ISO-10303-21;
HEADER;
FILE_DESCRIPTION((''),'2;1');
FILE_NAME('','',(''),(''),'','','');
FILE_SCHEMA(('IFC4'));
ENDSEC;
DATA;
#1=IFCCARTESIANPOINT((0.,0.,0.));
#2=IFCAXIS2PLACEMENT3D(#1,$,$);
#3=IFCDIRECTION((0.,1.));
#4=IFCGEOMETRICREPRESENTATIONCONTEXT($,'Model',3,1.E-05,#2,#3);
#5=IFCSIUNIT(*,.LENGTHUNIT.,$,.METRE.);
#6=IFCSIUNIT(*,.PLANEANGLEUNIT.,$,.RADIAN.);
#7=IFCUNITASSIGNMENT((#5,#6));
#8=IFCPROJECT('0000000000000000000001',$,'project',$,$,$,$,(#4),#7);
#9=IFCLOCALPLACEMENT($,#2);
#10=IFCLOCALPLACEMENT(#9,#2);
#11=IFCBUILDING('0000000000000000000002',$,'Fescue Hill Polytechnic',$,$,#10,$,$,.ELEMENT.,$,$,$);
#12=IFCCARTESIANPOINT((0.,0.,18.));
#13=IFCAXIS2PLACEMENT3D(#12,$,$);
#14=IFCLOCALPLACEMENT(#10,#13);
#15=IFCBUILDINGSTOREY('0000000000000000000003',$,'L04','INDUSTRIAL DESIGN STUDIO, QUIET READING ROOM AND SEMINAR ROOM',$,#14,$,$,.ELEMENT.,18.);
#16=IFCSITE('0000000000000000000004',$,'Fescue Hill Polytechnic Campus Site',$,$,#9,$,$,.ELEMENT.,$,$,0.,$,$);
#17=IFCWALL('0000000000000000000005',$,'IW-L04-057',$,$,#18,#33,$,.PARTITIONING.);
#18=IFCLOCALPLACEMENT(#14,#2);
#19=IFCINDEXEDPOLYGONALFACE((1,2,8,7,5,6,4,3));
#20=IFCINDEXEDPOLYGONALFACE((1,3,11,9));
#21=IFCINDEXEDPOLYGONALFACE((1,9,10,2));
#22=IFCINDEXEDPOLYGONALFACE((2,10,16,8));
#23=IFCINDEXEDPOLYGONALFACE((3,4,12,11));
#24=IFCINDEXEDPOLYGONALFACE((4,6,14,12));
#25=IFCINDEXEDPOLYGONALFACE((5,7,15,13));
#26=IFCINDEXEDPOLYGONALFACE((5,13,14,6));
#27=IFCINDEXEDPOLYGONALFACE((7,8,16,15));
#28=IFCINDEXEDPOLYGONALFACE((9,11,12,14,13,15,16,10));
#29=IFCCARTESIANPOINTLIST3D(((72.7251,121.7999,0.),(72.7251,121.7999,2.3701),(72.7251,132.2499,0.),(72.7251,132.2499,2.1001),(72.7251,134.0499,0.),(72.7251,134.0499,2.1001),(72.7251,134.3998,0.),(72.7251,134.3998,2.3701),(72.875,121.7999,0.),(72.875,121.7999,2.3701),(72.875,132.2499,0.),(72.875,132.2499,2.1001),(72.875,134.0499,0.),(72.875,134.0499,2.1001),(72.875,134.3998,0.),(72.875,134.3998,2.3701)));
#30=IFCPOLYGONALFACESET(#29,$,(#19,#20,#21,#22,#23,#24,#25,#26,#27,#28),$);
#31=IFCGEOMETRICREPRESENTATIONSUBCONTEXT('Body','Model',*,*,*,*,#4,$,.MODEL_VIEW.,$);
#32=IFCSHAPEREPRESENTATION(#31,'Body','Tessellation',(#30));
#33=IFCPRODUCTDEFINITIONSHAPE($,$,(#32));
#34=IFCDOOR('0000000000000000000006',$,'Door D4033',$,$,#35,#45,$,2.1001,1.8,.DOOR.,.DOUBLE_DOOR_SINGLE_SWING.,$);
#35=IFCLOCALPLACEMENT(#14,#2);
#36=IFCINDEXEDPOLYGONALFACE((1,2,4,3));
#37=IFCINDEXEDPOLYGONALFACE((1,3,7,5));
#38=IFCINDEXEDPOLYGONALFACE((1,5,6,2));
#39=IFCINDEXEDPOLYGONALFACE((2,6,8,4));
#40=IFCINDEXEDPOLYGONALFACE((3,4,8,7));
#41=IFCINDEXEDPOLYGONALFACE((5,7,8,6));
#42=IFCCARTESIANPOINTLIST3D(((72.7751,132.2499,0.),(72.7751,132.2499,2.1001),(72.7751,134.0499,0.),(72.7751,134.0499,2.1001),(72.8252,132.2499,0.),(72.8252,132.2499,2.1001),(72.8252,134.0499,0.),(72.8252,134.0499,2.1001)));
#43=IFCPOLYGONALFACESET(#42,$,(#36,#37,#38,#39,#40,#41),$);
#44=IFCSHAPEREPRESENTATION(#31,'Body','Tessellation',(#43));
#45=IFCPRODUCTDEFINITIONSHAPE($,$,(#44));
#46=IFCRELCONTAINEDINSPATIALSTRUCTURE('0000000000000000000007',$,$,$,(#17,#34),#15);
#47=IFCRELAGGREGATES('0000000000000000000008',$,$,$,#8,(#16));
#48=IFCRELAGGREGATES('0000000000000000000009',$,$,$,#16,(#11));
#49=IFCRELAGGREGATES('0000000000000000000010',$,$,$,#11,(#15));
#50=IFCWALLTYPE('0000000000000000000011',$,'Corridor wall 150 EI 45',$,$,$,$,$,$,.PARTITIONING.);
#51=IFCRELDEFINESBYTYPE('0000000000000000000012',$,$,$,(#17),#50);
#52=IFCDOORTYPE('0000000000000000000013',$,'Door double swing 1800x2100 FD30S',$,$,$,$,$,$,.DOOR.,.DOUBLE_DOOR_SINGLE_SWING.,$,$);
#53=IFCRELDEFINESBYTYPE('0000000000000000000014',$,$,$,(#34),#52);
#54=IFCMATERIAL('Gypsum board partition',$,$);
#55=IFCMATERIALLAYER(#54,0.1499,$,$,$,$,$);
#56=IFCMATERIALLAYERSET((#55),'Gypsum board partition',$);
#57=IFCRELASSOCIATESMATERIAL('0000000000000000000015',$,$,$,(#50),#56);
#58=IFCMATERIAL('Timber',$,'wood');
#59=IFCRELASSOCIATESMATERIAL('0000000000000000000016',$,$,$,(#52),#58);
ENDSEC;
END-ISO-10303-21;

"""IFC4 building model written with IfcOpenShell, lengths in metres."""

from ifc_helpers import new_model, si_unit, direction, frame, frame_2d, origin, place, context, subcontext, project, spatial, rectangle, extrude, material, layer, layer_set, type_object, element, fill, save


model = new_model("IFC4")

# Units and contexts
model_context = context("Model", 3, precision=1e-05, world=origin(), true_north=direction((0.0, 1.0)))
body_context = subcontext(model_context, "Body", "Model", "MODEL_VIEW")
ifc_project = project(units=[si_unit("LENGTHUNIT", "METRE"), si_unit("PLANEANGLEUNIT", "RADIAN")], contexts=[model_context])

# Site, building, storey
site_placement = place(None, origin())
site = spatial("IfcSite", under=ifc_project, at=site_placement, Name="Fescue Hill Polytechnic Campus Site", CompositionType="ELEMENT", RefElevation=0.0)
building_placement = place(site_placement, origin())
building = spatial("IfcBuilding", under=site, at=building_placement, Name="Fescue Hill Polytechnic", CompositionType="ELEMENT")
storey_placement = place(building_placement, frame((0.0, 0.0, 18.0)))
storey = spatial("IfcBuildingStorey", under=building, at=storey_placement, Name="L04", Description="INDUSTRIAL DESIGN STUDIO, QUIET READING ROOM AND SEMINAR ROOM", CompositionType="ELEMENT", Elevation=18.0)

# Shared definitions
ifc_material_1 = material(Name="Gypsum board partition")
ifc_layer_1 = layer(ifc_material_1, 0.1499)
ifc_layer_set_1 = layer_set([ifc_layer_1], Name="Gypsum board partition")
wall_type_1 = type_object("IfcWallType", Name="Corridor wall 150 EI 45", PredefinedType="PARTITIONING", material=ifc_layer_set_1)

# Wall, opening, door
wall_1_placement = place(storey_placement, frame((72.8, 121.8, 0.0), z_axis=(0.0, 0.0, 1.0), x_axis=(0.0, 1.0, 0.0)))
wall_1 = element("IfcWall", 1, at=wall_1_placement, inside=storey, type_object=wall_type_1, Name="IW-L04-057", PredefinedType="PARTITIONING", context=body_context, shape_type="SweptSolid", body=[
    extrude(rectangle(XDim=12.5999, YDim=0.1499, at=frame_2d((6.2998, 0.0))), origin(), (0.0, 0.0, 1.0), 2.3701),
])
opening_placement = place(wall_1_placement, frame((10.45, 0.0, 0.0)))
opening = element("IfcOpeningElement", 2, at=opening_placement, cuts=wall_1, PredefinedType="OPENING", context=body_context, shape_type="SweptSolid", body=[
    extrude(rectangle(XDim=1.8, YDim=2.1001, at=frame_2d((0.8999, 1.05))), frame((0.0, 0.085, 0.0), z_axis=(0.0, -1.0, 0.0), x_axis=(1.0, 0.0, 0.0)), (0.0, 0.0, 1.0), 0.1699),
])
ifc_material_2 = material(Name="Timber", Category="wood")
door_type = type_object("IfcDoorType", Name="Door double swing 1800x2100 FD30S", OperationType="DOUBLE_DOOR_SINGLE_SWING", PredefinedType="DOOR", material=ifc_material_2)
door_placement = place(opening_placement, origin())
door = element("IfcDoor", 3, at=door_placement, inside=storey, type_object=door_type, Name="Door D4033", OperationType="DOUBLE_DOOR_SINGLE_SWING", OverallHeight=2.1001, OverallWidth=1.8, PredefinedType="DOOR", context=body_context, shape_type="SweptSolid", body=[
    extrude(rectangle(XDim=1.8, YDim=2.1001, at=frame_2d((0.8999, 1.05))), frame((0.0, 0.0249, 0.0), z_axis=(0.0, -1.0, 0.0), x_axis=(1.0, 0.0, 0.0)), (0.0, 0.0, 1.0), 0.05),
])
fill(opening, door)

save(model, "model.ifc")
